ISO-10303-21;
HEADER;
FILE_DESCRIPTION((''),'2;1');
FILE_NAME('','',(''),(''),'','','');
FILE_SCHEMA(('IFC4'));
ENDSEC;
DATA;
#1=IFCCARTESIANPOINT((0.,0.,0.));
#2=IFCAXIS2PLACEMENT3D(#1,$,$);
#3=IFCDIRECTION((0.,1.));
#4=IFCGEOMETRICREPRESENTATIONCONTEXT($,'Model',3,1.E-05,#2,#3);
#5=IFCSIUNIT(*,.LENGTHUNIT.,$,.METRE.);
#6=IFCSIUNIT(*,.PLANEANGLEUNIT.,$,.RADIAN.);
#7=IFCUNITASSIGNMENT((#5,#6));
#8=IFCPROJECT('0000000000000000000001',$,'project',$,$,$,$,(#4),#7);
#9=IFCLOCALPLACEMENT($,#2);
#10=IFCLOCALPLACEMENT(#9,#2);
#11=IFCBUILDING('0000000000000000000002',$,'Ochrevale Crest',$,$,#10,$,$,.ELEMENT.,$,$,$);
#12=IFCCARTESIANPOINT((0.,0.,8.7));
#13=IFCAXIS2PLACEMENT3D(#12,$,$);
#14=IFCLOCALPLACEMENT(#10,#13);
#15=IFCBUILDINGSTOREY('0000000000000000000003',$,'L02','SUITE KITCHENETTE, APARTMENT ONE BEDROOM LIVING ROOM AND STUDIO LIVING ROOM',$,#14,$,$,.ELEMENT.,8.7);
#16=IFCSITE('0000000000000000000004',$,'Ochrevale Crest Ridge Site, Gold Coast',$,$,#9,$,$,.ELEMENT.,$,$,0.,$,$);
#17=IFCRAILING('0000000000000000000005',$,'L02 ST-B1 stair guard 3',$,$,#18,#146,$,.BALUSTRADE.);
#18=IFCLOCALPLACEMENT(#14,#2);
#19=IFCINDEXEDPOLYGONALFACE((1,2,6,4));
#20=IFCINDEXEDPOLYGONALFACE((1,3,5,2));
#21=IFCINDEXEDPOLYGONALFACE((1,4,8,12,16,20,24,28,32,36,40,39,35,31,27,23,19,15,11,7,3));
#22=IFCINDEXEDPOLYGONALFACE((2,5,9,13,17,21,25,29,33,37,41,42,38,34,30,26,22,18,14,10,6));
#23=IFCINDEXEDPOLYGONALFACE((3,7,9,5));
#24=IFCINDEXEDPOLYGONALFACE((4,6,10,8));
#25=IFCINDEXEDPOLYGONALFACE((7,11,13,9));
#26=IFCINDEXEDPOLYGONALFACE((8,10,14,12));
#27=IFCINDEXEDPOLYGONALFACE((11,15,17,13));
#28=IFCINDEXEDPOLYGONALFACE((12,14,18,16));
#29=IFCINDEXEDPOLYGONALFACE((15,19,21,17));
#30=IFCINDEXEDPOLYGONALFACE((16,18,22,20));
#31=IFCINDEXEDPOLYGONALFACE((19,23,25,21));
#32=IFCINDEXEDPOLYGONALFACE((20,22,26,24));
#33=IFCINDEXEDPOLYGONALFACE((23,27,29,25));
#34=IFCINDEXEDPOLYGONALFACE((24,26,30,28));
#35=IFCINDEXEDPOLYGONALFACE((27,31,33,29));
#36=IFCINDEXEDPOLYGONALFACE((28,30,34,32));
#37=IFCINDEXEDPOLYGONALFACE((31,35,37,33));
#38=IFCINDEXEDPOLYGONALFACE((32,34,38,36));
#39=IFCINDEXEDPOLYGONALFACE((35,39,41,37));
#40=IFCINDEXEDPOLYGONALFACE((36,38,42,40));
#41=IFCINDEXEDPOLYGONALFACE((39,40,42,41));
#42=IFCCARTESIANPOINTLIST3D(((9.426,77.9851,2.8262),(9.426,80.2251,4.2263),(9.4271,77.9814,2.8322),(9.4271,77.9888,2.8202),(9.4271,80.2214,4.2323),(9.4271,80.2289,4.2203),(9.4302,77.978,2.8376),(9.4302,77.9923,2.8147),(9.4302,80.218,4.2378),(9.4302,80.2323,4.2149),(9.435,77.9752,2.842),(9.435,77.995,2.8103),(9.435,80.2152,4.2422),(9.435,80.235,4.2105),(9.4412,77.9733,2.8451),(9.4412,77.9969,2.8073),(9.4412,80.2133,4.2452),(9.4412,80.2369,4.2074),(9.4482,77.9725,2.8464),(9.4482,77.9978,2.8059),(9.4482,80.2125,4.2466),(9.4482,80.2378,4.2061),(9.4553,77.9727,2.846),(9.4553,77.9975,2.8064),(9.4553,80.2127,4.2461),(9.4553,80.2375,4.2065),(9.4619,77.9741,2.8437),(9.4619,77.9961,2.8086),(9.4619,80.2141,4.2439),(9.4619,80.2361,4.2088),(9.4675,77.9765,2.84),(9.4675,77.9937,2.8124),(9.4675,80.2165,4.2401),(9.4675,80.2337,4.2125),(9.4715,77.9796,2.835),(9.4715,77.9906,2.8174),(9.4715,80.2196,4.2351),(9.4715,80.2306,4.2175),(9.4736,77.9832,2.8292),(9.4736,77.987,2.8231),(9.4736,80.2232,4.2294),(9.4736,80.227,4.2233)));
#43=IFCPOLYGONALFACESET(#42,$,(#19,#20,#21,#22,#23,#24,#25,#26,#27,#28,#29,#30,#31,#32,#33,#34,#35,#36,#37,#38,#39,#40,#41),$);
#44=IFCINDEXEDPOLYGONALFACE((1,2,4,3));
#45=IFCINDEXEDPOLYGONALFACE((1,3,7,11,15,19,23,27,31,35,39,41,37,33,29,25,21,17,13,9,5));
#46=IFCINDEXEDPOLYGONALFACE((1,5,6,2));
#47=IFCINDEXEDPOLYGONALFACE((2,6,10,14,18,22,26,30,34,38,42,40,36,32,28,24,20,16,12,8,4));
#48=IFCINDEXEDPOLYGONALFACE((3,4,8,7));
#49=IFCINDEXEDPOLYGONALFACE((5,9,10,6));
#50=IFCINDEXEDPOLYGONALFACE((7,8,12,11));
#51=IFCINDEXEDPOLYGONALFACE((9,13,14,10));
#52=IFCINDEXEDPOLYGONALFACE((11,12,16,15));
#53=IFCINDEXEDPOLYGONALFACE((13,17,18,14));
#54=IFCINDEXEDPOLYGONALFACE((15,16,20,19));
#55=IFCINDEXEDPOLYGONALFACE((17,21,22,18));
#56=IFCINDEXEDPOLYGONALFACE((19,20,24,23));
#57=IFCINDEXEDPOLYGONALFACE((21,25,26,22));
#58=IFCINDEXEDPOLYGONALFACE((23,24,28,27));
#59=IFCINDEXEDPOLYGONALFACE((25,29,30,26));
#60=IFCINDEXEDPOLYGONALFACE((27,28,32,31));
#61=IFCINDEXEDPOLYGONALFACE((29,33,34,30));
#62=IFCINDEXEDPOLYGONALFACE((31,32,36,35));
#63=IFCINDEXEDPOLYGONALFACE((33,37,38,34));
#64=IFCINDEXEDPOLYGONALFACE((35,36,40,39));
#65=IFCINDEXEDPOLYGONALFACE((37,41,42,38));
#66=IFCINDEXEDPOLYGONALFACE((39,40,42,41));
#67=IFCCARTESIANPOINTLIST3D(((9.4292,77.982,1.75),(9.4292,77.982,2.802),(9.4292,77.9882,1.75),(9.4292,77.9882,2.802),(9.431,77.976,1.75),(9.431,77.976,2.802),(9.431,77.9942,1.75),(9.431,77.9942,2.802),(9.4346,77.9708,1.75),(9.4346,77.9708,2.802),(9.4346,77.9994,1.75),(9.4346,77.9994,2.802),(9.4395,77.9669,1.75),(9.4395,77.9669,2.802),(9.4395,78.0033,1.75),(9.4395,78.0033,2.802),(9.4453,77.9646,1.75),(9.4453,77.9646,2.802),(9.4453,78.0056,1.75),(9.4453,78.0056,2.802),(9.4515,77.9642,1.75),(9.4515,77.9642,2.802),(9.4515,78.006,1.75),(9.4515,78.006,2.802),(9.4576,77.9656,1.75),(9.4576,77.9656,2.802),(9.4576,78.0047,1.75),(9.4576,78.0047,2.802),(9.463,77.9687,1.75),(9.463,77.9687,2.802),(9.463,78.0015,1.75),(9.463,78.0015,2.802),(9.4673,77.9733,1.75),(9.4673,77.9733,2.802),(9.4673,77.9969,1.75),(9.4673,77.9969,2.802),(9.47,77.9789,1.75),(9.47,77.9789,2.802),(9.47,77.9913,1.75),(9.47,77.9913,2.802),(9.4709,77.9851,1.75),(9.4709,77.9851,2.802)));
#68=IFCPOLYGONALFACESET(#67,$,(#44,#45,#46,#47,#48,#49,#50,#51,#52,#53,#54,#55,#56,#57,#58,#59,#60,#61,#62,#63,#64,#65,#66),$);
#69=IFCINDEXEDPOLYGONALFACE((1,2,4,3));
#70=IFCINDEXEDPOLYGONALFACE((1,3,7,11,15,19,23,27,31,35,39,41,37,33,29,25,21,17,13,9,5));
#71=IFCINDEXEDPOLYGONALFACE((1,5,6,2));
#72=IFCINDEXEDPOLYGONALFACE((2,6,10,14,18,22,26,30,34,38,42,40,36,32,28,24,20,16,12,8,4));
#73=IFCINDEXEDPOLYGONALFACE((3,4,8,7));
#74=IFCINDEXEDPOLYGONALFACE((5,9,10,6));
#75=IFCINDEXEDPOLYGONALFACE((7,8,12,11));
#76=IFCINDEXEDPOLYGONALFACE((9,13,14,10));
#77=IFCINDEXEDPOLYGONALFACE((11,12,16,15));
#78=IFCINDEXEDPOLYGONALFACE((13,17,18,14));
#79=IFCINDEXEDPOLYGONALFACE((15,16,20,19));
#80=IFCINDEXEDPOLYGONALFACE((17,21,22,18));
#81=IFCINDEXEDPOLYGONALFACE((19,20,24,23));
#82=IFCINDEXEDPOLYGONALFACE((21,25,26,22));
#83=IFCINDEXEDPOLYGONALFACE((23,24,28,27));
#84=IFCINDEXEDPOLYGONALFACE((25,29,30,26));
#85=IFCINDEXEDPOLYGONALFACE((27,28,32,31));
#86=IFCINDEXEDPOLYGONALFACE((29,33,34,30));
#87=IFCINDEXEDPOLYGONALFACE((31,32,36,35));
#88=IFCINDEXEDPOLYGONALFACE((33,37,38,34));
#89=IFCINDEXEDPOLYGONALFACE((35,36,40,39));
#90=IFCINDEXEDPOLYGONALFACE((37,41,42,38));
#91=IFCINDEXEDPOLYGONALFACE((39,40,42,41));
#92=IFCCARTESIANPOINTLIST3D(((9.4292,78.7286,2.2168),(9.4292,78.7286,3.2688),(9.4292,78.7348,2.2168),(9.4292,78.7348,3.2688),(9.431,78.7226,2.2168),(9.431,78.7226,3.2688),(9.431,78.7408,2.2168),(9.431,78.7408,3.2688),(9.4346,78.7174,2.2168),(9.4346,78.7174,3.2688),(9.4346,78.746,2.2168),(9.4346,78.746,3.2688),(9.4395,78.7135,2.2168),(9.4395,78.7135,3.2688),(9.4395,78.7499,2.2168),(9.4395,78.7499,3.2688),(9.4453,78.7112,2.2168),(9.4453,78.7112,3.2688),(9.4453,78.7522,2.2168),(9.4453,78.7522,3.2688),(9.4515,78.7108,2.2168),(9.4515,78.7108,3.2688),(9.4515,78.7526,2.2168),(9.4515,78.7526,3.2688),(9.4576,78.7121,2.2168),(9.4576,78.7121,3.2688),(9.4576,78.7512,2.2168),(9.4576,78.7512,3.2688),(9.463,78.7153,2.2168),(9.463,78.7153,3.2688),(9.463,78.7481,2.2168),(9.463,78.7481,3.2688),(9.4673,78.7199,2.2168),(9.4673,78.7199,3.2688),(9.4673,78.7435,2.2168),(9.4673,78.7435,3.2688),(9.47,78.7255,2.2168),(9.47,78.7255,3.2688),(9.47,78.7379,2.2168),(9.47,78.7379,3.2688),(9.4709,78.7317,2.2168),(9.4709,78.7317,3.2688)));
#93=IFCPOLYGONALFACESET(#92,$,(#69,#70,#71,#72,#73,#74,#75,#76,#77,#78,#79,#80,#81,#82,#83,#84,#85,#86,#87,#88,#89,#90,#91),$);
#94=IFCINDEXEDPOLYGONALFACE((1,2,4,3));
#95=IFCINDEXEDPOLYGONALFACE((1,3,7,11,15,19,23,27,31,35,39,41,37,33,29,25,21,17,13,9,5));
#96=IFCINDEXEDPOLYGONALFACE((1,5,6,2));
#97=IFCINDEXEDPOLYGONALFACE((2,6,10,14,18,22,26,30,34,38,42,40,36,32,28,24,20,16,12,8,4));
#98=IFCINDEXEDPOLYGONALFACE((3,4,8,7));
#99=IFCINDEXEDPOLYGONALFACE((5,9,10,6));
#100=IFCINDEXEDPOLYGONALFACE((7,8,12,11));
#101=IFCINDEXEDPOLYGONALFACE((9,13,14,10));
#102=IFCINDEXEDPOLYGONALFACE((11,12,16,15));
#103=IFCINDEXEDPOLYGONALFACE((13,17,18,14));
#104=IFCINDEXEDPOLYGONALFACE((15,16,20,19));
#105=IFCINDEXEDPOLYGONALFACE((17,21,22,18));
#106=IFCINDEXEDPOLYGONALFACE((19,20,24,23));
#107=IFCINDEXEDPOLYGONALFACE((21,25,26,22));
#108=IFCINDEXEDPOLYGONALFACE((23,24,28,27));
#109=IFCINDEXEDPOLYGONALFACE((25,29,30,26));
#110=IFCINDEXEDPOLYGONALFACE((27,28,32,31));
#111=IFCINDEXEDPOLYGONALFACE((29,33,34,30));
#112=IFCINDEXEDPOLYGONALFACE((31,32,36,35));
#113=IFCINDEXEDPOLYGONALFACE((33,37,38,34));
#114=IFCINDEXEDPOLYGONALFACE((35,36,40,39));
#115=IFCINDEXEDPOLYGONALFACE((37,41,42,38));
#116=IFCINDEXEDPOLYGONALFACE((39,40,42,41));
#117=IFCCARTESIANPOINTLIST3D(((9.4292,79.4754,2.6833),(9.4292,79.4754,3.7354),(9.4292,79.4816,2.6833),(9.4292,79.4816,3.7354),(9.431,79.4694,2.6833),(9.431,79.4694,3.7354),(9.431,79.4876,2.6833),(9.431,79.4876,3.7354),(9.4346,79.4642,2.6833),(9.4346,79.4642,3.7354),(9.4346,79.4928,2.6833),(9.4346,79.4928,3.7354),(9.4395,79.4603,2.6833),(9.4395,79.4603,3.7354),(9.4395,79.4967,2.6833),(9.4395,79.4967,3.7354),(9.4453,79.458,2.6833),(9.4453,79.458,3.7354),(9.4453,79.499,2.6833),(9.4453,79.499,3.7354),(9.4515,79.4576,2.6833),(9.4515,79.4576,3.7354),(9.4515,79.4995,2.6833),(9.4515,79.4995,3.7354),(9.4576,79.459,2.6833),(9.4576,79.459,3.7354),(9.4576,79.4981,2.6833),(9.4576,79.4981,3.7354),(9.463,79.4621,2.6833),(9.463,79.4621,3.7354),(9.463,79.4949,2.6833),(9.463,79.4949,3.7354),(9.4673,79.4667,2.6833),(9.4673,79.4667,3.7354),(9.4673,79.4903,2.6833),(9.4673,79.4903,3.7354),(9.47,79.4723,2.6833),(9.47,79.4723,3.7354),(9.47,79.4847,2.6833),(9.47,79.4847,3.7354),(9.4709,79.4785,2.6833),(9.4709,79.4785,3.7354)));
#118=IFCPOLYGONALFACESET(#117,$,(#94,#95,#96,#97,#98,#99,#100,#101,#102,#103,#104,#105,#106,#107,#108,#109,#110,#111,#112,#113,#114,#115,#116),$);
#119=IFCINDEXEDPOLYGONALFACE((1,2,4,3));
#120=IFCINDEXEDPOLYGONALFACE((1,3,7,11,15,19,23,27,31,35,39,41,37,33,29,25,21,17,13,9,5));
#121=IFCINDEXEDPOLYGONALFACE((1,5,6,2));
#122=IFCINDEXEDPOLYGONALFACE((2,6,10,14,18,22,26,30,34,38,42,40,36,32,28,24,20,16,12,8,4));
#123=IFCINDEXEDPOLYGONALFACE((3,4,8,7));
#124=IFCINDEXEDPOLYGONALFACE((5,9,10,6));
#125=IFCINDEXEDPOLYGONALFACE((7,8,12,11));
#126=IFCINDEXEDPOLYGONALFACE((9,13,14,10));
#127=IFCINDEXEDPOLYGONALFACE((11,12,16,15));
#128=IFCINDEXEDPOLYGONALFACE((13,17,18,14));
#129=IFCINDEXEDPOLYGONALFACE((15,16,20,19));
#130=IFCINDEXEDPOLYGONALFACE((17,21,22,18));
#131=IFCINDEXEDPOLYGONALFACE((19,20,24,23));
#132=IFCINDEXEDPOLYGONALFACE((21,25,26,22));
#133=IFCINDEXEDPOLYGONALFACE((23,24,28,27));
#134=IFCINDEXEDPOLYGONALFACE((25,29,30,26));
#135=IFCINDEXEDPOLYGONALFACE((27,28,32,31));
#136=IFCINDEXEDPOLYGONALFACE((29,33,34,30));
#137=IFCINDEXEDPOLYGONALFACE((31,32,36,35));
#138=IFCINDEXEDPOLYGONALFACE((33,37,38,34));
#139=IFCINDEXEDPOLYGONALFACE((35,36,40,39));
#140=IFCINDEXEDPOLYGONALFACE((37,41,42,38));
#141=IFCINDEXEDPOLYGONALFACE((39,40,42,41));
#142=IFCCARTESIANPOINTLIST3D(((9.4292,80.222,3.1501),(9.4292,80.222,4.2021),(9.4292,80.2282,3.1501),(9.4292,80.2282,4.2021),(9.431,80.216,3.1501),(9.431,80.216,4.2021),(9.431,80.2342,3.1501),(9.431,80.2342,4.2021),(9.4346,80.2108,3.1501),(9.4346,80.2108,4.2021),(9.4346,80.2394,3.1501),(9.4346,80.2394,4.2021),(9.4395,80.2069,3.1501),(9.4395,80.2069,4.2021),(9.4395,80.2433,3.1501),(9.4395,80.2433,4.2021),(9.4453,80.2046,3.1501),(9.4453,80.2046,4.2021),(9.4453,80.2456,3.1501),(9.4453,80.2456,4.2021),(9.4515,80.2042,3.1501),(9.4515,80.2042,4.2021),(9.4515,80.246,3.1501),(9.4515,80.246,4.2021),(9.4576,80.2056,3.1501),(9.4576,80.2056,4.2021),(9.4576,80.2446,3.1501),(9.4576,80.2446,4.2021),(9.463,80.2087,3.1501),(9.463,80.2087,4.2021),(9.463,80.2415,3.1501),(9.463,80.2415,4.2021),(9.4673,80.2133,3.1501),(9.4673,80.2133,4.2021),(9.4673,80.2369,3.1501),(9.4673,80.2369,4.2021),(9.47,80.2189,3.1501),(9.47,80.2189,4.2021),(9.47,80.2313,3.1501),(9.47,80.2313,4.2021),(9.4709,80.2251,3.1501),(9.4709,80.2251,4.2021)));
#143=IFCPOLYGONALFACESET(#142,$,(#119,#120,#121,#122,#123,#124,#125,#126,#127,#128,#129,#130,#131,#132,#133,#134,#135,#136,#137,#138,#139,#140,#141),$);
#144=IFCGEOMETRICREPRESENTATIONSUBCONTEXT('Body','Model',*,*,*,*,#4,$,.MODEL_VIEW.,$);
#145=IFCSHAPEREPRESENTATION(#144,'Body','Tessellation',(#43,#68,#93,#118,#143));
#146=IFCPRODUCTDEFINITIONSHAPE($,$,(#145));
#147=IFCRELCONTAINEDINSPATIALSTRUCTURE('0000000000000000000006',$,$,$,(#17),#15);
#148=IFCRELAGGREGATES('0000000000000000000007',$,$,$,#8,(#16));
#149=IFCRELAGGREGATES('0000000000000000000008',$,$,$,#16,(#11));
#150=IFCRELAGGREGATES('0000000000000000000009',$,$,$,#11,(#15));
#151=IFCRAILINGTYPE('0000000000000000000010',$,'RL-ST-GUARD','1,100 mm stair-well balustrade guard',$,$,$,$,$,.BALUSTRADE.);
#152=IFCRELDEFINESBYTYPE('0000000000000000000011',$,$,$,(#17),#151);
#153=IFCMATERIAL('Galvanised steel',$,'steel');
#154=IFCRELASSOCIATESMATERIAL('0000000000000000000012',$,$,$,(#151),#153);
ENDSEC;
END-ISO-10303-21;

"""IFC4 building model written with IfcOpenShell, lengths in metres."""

from ifc_helpers import new_model, si_unit, direction, frame, origin, origin_2d, place, context, subcontext, project, spatial, circle, extrude, material, type_object, element, save


model = new_model("IFC4")

# Units and contexts
model_context = context("Model", 3, precision=1e-05, world=origin(), true_north=direction((0.0, 1.0)))
body_context = subcontext(model_context, "Body", "Model", "MODEL_VIEW")
ifc_project = project(units=[si_unit("LENGTHUNIT", "METRE"), si_unit("PLANEANGLEUNIT", "RADIAN")], contexts=[model_context])

# Site, building, storey
site_placement = place(None, origin())
site = spatial("IfcSite", under=ifc_project, at=site_placement, Name="Ochrevale Crest Ridge Site, Gold Coast", CompositionType="ELEMENT", RefElevation=0.0)
building_placement = place(site_placement, origin())
building = spatial("IfcBuilding", under=site, at=building_placement, Name="Ochrevale Crest", CompositionType="ELEMENT")
storey_placement = place(building_placement, frame((0.0, 0.0, 8.7)))
storey = spatial("IfcBuildingStorey", under=building, at=storey_placement, Name="L02", Description="SUITE KITCHENETTE, APARTMENT ONE BEDROOM LIVING ROOM AND STUDIO LIVING ROOM", CompositionType="ELEMENT", Elevation=8.7)

# Railing
ifc_material_1 = material(Name="Galvanised steel", Category="steel")
railing_type_1 = type_object("IfcRailingType", Name="RL-ST-GUARD", Description="1,100 mm stair-well balustrade guard", PredefinedType="BALUSTRADE", material=ifc_material_1)
railing_1_placement = place(storey_placement, frame((9.45, 77.9851, 1.75)))
element("IfcRailing", 1, at=railing_1_placement, inside=storey, type_object=railing_type_1, Name="L02 ST-B1 stair guard 3", PredefinedType="BALUSTRADE", context=body_context, shape_type="SweptSolid", body=[
    extrude(circle(Radius=0.0239, at=origin_2d()), frame((0.0, 0.0, 1.0762), z_axis=(0.0, 0.847972, 0.53004), x_axis=(-1.0, 0.0, 0.0)), (0.0, 0.0, 1.0), 2.6416),
    extrude(circle(Radius=0.021, at=origin_2d()), origin(), (0.0, 0.0, 1.0), 1.052),
    extrude(circle(Radius=0.021, at=origin_2d()), frame((0.0, 0.7466, 0.4668)), (0.0, 0.0, 1.0), 1.052),
    extrude(circle(Radius=0.021, at=origin_2d()), frame((0.0, 1.4934, 0.9333)), (0.0, 0.0, 1.0), 1.052),
    extrude(circle(Radius=0.021, at=origin_2d()), frame((0.0, 2.24, 1.4001)), (0.0, 0.0, 1.0), 1.052),
])

save(model, "model.ifc")
